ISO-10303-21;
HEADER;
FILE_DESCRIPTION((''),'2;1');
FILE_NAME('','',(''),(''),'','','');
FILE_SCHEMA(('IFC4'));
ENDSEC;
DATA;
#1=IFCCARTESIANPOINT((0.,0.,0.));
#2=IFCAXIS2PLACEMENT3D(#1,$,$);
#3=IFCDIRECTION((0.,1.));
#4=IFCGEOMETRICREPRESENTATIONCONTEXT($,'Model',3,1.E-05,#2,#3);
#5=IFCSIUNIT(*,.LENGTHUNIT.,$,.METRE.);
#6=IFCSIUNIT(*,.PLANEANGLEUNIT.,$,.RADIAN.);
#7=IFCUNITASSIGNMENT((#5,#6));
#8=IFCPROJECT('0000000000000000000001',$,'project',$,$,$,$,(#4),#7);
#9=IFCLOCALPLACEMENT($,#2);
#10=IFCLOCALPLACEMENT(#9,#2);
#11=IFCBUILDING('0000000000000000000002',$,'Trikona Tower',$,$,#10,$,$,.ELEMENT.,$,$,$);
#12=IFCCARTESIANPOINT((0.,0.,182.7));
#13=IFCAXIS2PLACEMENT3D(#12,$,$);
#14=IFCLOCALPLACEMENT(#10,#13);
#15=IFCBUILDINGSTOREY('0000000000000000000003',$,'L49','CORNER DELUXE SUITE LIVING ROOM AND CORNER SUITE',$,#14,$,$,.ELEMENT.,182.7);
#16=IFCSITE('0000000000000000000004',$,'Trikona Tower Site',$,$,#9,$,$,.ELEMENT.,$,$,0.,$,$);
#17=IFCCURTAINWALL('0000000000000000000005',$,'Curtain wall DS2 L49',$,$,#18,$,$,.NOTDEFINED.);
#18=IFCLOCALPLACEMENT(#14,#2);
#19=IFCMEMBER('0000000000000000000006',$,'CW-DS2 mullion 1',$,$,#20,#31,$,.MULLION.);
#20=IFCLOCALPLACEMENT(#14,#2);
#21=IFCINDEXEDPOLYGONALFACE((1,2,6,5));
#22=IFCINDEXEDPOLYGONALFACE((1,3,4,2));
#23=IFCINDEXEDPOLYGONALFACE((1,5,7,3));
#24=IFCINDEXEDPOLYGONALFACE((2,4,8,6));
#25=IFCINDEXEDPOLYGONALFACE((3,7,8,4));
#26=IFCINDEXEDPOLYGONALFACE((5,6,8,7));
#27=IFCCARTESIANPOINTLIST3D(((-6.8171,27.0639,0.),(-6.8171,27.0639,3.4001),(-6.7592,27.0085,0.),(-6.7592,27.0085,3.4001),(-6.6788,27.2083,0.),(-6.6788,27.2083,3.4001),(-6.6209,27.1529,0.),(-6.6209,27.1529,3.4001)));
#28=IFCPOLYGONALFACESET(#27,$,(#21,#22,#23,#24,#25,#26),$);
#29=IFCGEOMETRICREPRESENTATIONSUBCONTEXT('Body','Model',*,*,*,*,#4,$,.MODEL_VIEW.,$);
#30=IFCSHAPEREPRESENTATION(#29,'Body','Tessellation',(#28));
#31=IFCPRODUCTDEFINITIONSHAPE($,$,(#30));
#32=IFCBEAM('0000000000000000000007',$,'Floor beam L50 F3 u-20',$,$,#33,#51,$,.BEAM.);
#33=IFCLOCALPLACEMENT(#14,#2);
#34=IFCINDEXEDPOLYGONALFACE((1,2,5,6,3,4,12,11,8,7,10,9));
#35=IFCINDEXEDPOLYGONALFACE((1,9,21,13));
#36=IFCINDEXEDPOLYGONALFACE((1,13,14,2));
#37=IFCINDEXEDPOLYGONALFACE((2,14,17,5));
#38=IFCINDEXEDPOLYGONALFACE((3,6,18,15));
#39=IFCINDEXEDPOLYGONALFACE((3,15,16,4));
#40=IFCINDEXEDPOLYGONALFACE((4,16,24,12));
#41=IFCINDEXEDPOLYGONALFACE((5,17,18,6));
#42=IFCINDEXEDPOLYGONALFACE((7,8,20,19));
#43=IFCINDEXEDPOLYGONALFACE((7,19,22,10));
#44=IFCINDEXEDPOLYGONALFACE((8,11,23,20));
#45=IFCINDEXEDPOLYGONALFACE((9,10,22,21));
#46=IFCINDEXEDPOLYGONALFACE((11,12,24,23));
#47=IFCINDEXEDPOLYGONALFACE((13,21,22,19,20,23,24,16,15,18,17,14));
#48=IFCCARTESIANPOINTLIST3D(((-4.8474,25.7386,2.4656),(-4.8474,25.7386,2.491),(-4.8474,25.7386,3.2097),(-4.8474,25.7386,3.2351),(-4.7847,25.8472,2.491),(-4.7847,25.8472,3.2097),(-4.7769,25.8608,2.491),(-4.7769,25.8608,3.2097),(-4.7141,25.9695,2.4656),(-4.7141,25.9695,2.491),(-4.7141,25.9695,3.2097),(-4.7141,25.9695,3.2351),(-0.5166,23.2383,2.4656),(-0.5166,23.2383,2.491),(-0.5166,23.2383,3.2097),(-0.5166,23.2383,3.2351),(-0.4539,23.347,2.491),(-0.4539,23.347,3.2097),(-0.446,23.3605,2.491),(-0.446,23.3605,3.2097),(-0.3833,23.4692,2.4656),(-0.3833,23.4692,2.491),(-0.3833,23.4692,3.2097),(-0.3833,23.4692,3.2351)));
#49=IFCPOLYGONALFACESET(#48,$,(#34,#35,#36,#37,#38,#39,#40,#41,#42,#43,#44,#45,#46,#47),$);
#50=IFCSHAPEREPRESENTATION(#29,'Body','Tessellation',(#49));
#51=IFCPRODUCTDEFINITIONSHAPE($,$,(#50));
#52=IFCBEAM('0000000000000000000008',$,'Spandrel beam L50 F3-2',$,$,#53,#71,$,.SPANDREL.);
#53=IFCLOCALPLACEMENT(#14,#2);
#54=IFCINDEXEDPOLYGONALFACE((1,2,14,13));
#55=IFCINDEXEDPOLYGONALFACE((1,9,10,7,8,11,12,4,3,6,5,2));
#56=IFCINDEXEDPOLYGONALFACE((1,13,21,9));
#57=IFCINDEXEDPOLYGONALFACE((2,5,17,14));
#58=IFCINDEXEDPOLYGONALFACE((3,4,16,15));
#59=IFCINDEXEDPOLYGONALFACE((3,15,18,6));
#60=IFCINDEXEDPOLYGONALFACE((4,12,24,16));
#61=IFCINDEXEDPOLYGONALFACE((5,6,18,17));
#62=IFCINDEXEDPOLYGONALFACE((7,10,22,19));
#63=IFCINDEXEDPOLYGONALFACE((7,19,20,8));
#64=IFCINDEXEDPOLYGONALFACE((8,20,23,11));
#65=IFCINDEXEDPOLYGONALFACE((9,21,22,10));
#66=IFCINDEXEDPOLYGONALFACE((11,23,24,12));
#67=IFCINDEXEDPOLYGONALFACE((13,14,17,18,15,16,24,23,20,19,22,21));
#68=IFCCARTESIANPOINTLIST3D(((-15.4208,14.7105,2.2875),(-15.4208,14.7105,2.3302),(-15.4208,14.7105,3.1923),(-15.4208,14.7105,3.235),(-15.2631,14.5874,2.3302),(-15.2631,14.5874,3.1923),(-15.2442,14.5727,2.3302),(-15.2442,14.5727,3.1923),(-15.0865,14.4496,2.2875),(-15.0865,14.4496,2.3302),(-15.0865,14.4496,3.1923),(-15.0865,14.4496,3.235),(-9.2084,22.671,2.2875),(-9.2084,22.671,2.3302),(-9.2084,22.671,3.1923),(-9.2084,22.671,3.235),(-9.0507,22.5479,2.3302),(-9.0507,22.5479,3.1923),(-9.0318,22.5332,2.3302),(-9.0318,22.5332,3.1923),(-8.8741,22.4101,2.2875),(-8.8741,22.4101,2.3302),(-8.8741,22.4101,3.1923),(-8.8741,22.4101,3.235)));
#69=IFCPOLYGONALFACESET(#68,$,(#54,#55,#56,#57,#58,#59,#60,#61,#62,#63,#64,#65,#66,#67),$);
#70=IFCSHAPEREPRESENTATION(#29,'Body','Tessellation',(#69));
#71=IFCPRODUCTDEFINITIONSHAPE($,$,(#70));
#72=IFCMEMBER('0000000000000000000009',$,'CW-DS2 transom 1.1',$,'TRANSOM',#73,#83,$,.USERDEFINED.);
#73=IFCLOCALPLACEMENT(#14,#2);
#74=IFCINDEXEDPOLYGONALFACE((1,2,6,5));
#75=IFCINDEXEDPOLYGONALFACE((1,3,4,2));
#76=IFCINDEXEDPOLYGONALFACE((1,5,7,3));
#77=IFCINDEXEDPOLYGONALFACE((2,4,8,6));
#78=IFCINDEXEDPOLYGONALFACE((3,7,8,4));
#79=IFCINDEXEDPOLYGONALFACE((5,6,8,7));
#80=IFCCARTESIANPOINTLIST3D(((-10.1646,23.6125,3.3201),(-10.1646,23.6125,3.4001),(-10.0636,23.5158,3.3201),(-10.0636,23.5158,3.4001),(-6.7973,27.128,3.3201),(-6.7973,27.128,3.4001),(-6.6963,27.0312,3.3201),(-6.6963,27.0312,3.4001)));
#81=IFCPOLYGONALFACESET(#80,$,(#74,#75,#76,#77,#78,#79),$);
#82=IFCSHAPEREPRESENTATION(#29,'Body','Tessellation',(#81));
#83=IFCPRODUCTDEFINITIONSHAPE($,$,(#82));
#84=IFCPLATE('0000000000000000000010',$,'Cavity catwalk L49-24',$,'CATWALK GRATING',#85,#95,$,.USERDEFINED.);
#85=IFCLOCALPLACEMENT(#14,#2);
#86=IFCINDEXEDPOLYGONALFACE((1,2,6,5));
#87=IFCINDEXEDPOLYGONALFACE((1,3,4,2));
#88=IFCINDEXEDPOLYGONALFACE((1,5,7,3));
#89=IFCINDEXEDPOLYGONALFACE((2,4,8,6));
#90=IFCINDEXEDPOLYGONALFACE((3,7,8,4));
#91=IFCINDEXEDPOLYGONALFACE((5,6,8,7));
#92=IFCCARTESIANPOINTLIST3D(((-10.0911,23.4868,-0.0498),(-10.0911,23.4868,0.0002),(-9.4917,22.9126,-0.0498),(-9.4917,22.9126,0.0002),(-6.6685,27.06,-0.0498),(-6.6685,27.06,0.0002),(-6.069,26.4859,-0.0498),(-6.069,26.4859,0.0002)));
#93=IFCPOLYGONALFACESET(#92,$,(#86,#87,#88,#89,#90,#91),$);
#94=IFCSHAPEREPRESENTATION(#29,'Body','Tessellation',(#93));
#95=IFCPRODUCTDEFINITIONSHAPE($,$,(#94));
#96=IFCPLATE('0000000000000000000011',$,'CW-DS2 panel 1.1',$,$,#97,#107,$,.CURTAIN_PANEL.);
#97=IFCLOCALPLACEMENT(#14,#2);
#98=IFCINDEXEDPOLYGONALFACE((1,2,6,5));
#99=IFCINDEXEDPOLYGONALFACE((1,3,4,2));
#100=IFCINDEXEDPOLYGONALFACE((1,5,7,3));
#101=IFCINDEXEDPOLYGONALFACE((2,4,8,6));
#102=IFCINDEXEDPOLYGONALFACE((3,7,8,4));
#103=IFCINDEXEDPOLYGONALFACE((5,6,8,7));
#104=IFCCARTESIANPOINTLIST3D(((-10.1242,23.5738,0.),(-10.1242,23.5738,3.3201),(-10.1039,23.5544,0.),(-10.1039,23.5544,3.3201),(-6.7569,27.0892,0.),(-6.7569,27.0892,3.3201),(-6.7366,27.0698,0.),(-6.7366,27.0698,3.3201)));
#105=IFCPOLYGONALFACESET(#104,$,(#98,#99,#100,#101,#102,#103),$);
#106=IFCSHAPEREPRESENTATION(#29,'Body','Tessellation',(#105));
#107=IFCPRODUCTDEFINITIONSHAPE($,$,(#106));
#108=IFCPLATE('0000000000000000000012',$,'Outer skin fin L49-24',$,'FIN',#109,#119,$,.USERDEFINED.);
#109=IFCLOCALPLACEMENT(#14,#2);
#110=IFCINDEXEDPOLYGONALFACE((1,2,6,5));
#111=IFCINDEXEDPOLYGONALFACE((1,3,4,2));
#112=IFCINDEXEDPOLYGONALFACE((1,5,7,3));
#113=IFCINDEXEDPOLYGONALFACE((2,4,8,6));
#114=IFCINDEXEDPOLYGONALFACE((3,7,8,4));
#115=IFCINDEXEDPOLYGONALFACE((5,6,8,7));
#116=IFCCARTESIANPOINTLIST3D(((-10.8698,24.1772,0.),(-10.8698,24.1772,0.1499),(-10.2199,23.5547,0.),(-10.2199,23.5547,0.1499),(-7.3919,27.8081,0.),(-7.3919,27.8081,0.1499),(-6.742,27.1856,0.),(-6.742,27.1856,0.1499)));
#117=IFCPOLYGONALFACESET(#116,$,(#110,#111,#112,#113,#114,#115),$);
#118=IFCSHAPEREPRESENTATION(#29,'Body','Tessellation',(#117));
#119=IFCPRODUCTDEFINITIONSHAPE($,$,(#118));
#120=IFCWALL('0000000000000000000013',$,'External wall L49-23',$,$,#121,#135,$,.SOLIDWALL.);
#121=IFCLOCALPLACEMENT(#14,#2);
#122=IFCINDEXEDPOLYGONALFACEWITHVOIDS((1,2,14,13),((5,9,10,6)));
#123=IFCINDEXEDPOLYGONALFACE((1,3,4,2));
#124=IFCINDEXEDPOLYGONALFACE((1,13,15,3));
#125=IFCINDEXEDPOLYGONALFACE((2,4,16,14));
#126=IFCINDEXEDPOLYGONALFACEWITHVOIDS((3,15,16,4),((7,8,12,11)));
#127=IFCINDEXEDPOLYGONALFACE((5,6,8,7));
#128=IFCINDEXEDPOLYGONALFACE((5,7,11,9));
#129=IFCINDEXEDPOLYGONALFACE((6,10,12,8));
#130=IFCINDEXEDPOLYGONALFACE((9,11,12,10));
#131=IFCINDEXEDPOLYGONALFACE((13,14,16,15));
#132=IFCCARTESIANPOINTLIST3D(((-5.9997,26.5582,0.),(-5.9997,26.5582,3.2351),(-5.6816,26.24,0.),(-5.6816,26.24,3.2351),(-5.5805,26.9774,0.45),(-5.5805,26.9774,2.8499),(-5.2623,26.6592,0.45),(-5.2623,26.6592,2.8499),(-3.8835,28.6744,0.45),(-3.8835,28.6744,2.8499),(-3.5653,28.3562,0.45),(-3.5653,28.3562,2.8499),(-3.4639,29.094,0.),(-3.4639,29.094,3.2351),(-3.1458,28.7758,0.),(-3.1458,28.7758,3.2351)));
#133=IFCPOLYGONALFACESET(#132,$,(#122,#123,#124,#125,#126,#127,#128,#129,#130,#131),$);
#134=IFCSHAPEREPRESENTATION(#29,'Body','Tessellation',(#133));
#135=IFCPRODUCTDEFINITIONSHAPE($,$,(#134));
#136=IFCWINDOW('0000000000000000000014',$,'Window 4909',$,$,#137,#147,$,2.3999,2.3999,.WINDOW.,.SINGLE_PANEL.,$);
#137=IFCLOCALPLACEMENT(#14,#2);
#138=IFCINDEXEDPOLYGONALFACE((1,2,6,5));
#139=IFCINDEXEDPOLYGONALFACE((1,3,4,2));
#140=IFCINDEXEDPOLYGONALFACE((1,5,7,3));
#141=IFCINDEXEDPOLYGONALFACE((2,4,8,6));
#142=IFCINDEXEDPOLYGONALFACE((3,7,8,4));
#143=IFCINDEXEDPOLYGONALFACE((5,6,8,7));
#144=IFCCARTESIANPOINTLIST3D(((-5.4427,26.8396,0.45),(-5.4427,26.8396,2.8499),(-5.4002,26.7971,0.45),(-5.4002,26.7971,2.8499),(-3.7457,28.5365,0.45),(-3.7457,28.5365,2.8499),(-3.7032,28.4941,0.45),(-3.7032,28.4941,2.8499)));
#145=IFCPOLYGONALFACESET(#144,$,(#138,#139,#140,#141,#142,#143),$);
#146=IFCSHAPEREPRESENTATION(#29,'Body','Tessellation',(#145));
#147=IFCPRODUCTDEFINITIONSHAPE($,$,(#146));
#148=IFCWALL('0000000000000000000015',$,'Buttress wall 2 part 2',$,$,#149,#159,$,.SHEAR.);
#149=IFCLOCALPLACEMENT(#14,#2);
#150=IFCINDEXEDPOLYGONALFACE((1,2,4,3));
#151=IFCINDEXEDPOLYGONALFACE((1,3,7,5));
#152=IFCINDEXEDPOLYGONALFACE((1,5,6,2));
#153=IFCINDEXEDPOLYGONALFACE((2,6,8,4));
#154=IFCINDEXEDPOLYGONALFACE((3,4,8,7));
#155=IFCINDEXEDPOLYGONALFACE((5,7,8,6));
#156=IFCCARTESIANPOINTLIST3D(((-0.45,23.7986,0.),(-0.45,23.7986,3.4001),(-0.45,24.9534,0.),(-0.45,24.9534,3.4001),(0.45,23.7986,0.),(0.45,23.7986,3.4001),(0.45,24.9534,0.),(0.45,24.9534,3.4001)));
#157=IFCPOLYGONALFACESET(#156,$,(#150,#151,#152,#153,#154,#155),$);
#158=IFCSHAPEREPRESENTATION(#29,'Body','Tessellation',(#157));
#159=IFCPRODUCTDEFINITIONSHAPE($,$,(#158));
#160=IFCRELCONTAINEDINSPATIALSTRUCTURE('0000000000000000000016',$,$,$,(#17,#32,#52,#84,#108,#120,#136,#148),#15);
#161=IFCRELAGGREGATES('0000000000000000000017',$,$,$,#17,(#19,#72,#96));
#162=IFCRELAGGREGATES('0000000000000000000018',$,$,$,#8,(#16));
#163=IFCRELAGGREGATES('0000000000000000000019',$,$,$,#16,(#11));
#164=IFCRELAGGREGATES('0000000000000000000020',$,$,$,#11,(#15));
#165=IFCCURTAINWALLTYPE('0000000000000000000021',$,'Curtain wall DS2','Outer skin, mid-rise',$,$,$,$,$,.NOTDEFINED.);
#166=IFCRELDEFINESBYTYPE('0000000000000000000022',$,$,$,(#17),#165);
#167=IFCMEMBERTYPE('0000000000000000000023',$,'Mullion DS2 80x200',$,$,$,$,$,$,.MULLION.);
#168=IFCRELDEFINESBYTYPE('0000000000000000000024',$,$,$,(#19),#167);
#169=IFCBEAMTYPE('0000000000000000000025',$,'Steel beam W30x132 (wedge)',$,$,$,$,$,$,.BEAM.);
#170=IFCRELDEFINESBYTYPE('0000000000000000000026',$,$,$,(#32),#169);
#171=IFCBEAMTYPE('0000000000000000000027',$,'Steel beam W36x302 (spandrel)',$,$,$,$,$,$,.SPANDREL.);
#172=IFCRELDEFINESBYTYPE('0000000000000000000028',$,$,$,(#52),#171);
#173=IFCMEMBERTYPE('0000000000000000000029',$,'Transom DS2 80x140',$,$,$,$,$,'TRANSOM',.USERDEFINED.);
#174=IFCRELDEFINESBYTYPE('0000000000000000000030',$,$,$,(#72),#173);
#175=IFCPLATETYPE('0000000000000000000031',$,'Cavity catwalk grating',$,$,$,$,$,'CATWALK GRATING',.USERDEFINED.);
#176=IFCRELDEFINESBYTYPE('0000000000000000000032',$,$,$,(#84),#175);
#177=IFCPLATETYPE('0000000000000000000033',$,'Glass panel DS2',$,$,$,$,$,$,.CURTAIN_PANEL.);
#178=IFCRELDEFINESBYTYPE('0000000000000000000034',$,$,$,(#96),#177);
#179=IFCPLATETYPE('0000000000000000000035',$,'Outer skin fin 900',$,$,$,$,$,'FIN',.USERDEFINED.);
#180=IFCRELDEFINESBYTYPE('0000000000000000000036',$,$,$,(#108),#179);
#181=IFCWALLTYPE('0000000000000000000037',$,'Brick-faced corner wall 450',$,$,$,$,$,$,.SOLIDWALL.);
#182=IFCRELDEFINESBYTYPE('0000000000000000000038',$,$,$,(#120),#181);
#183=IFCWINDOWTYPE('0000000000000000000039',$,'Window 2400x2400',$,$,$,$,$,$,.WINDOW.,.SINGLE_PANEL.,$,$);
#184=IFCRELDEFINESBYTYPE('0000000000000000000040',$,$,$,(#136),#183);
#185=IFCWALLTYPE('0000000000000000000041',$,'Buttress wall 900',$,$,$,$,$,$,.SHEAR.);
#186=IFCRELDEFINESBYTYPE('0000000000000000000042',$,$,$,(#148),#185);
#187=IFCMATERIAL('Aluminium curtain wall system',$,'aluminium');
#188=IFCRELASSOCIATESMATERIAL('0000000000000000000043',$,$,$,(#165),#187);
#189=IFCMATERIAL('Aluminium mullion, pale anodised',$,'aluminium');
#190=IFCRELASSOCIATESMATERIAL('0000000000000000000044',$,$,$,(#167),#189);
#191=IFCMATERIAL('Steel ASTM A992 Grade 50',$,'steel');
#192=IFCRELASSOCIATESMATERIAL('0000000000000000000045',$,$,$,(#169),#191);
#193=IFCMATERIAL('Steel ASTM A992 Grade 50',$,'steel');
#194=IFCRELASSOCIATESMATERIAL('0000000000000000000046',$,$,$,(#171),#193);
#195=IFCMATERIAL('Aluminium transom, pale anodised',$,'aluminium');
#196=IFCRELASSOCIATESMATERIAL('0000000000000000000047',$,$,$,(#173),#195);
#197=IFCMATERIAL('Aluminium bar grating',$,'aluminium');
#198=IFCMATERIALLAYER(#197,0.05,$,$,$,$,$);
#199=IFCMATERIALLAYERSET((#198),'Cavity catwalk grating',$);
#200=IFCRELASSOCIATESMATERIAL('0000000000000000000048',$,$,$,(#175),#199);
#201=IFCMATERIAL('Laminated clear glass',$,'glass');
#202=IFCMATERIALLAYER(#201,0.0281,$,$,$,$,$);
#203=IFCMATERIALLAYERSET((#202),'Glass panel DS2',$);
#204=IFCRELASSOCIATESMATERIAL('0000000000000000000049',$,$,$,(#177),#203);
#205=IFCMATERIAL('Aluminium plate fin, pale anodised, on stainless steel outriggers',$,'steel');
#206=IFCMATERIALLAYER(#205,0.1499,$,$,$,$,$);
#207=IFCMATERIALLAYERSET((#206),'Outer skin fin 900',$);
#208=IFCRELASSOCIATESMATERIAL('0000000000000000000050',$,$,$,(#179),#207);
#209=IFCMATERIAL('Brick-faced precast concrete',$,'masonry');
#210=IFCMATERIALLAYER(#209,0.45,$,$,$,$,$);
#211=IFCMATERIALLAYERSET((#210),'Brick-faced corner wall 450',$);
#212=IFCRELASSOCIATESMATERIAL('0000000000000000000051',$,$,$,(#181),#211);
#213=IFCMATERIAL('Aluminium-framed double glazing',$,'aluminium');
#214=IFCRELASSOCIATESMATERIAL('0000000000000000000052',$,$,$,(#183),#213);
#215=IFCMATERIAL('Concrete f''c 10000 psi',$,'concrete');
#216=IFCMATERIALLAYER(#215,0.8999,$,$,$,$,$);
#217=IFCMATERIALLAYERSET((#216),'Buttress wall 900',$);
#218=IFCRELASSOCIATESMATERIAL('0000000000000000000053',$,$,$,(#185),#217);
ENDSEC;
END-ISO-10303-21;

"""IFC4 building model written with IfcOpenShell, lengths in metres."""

from ifc_helpers import new_model, si_unit, direction, frame, frame_2d, origin, origin_2d, place, context, subcontext, project, spatial, rectangle, i_section, extrude, material, layer, layer_set, material_profile, profile_set, type_object, element, fill, aggregate, save


model = new_model("IFC4")

# Units and contexts
model_context = context("Model", 3, precision=1e-05, world=origin(), true_north=direction((0.0, 1.0)))
body_context = subcontext(model_context, "Body", "Model", "MODEL_VIEW")
ifc_project = project(units=[si_unit("LENGTHUNIT", "METRE"), si_unit("PLANEANGLEUNIT", "RADIAN")], contexts=[model_context])

# Site, building, storey
site_placement = place(None, origin())
site = spatial("IfcSite", under=ifc_project, at=site_placement, Name="Trikona Tower Site", CompositionType="ELEMENT", RefElevation=0.0)
building_placement = place(site_placement, origin())
building = spatial("IfcBuilding", under=site, at=building_placement, Name="Trikona Tower", CompositionType="ELEMENT")
storey_placement = place(building_placement, frame((0.0, 0.0, 182.7)))
storey = spatial("IfcBuildingStorey", under=building, at=storey_placement, Name="L49", Description="CORNER DELUXE SUITE LIVING ROOM AND CORNER SUITE", CompositionType="ELEMENT", Elevation=182.7)

# Curtain wall, member
ifc_material_1 = material(Name="Aluminium curtain wall system", Category="aluminium")
curtain_wall_type = type_object("IfcCurtainWallType", Name="Curtain wall DS2", Description="Outer skin, mid-rise", PredefinedType="NOTDEFINED", material=ifc_material_1)
curtain_wall_placement = place(storey_placement, origin())
curtain_wall = element("IfcCurtainWall", 1, at=curtain_wall_placement, inside=storey, type_object=curtain_wall_type, Name="Curtain wall DS2 L49", PredefinedType="NOTDEFINED")
ifc_material_2 = material(Name="Aluminium mullion, pale anodised", Category="aluminium")
ifc_material_profile_1 = material_profile(ifc_material_2, rectangle(XDim=0.0801, YDim=0.2, at=origin_2d()), Name="MUL-DS2")
ifc_profile_set_1 = profile_set([ifc_material_profile_1], Name="Aluminium mullion, pale anodised")
member_type_1 = type_object("IfcMemberType", Name="Mullion DS2 80x200", PredefinedType="MULLION", material=ifc_profile_set_1)
member_1_placement = place(storey_placement, frame((-6.719, 27.1084, 0.0), z_axis=(0.0, 0.0, 1.0), x_axis=(0.722158, -0.691728, 0.0)))
member_1 = element("IfcMember", 2, at=member_1_placement, type_object=member_type_1, Name="CW-DS2 mullion 1", PredefinedType="MULLION", context=body_context, shape_type="SweptSolid", body=[
    extrude(rectangle(XDim=0.0801, YDim=0.2, at=origin_2d()), origin(), (0.0, 0.0, 1.0), 3.4001),
])

# Beams
ifc_material_3 = material(Name="Steel ASTM A992 Grade 50", Category="steel")
ifc_material_profile_2 = material_profile(ifc_material_3, i_section(OverallWidth=0.2666, OverallDepth=0.7695, WebThickness=0.0156, FlangeThickness=0.0254, at=origin_2d()), Name="W30X132")
ifc_profile_set_2 = profile_set([ifc_material_profile_2], Name="Steel ASTM A992 Grade 50")
beam_type_1 = type_object("IfcBeamType", Name="Steel beam W30x132 (wedge)", PredefinedType="BEAM", material=ifc_profile_set_2)
beam_1_placement = place(storey_placement, frame((-0.45, 23.3538, 2.8503), z_axis=(-0.866038, 0.499977, 0.0), x_axis=(-0.499977, -0.866038, 0.0)))
element("IfcBeam", 3, at=beam_1_placement, inside=storey, type_object=beam_type_1, Name="Floor beam L50 F3 u-20", PredefinedType="BEAM", context=body_context, shape_type="SweptSolid", body=[
    extrude(i_section(OverallWidth=0.2666, OverallDepth=0.7695, WebThickness=0.0156, FlangeThickness=0.0254, at=origin_2d()), origin(), (0.0, 0.0, 1.0), 5.0007),
])
ifc_material_4 = material(Name="Steel ASTM A992 Grade 50", Category="steel")
ifc_material_profile_3 = material_profile(ifc_material_4, i_section(OverallWidth=0.4241, OverallDepth=0.9475, WebThickness=0.0239, FlangeThickness=0.0427, at=origin_2d()), Name="W36X302")
ifc_profile_set_3 = profile_set([ifc_material_profile_3], Name="Steel ASTM A992 Grade 50")
beam_type_2 = type_object("IfcBeamType", Name="Steel beam W36x302 (spandrel)", PredefinedType="SPANDREL", material=ifc_profile_set_3)
beam_2_placement = place(storey_placement, frame((-9.0413, 22.5405, 2.7612), z_axis=(-0.615232, -0.788346, 0.0), x_axis=(0.788346, -0.615232, 0.0)))
element("IfcBeam", 4, at=beam_2_placement, inside=storey, type_object=beam_type_2, Name="Spandrel beam L50 F3-2", PredefinedType="SPANDREL", context=body_context, shape_type="SweptSolid", body=[
    extrude(i_section(OverallWidth=0.4241, OverallDepth=0.9475, WebThickness=0.0239, FlangeThickness=0.0427, at=origin_2d()), origin(), (0.0, 0.0, 1.0), 10.0977),
])

# Member
ifc_material_5 = material(Name="Aluminium transom, pale anodised", Category="aluminium")
ifc_material_profile_4 = material_profile(ifc_material_5, rectangle(XDim=0.1399, YDim=0.0801, at=origin_2d()), Name="TRN-DS2")
ifc_profile_set_4 = profile_set([ifc_material_profile_4], Name="Aluminium transom, pale anodised")
member_type_2 = type_object("IfcMemberType", Name="Transom DS2 80x140", ElementType="TRANSOM", PredefinedType="USERDEFINED", material=ifc_profile_set_4)
member_2_placement = place(storey_placement, frame((-6.7468, 27.0796, 3.3601), z_axis=(-0.691721, -0.722165, 0.0), x_axis=(0.722165, -0.691721, 0.0)))
member_2 = element("IfcMember", 5, at=member_2_placement, type_object=member_type_2, Name="CW-DS2 transom 1.1", ObjectType="TRANSOM", PredefinedType="USERDEFINED", context=body_context, shape_type="SweptSolid", body=[
    extrude(rectangle(XDim=0.1399, YDim=0.0801, at=origin_2d()), origin(), (0.0, 0.0, 1.0), 4.8679),
])

# Plates
ifc_material_6 = material(Name="Aluminium bar grating", Category="aluminium")
ifc_layer_1 = layer(ifc_material_6, 0.05)
ifc_layer_set_1 = layer_set([ifc_layer_1], Name="Cavity catwalk grating")
plate_type_1 = type_object("IfcPlateType", Name="Cavity catwalk grating", ElementType="CATWALK GRATING", PredefinedType="USERDEFINED", material=ifc_layer_set_1)
plate_1_placement = place(storey_placement, frame((-8.0801, 24.9863, -0.0498), z_axis=(0.0, 0.0, 1.0), x_axis=(-0.691724, -0.722162, 0.0)))
element("IfcPlate", 6, at=plate_1_placement, inside=storey, type_object=plate_type_1, Name="Cavity catwalk L49-24", ObjectType="CATWALK GRATING", PredefinedType="USERDEFINED", context=body_context, shape_type="SweptSolid", body=[
    extrude(rectangle(XDim=4.948, YDim=0.8301, at=origin_2d()), origin(), (0.0, 0.0, 1.0), 0.05),
])
ifc_material_7 = material(Name="Laminated clear glass", Category="glass")
ifc_layer_2 = layer(ifc_material_7, 0.0281)
ifc_layer_set_2 = layer_set([ifc_layer_2], Name="Glass panel DS2")
plate_type_2 = type_object("IfcPlateType", Name="Glass panel DS2", PredefinedType="CURTAIN_PANEL", material=ifc_layer_set_2)
plate_2_placement = place(storey_placement, frame((-8.4304, 25.3218, 0.0), z_axis=(0.0, 0.0, 1.0), x_axis=(-0.691728, -0.722158, 0.0)))
plate_2 = element("IfcPlate", 7, at=plate_2_placement, type_object=plate_type_2, Name="CW-DS2 panel 1.1", PredefinedType="CURTAIN_PANEL", context=body_context, shape_type="SweptSolid", body=[
    extrude(rectangle(XDim=4.8679, YDim=0.0281, at=origin_2d()), origin(), (0.0, 0.0, 1.0), 3.3201),
])
aggregate(curtain_wall, [member_1, member_2, plate_2])
ifc_material_8 = material(Name="Aluminium plate fin, pale anodised, on stainless steel outriggers", Category="steel")
ifc_layer_3 = layer(ifc_material_8, 0.1499)
ifc_layer_set_3 = layer_set([ifc_layer_3], Name="Outer skin fin 900")
plate_type_3 = type_object("IfcPlateType", Name="Outer skin fin 900", ElementType="FIN", PredefinedType="USERDEFINED", material=ifc_layer_set_3)
plate_3_placement = place(storey_placement, frame((-8.8059, 25.6814, 0.0), z_axis=(0.0, 0.0, 1.0), x_axis=(-0.691724, -0.722162, 0.0)))
element("IfcPlate", 8, at=plate_3_placement, inside=storey, type_object=plate_type_3, Name="Outer skin fin L49-24", ObjectType="FIN", PredefinedType="USERDEFINED", context=body_context, shape_type="SweptSolid", body=[
    extrude(rectangle(XDim=5.0278, YDim=0.8999, at=origin_2d()), origin(), (0.0, 0.0, 1.0), 0.1499),
])

# Wall, opening, window
ifc_material_9 = material(Name="Brick-faced precast concrete", Category="masonry")
ifc_layer_4 = layer(ifc_material_9, 0.45)
ifc_layer_set_4 = layer_set([ifc_layer_4], Name="Brick-faced corner wall 450")
wall_type_1 = type_object("IfcWallType", Name="Brick-faced corner wall 450", PredefinedType="SOLIDWALL", material=ifc_layer_set_4)
wall_1_placement = place(storey_placement, frame((-3.3049, 28.9348, 0.0), z_axis=(0.0, 0.0, 1.0), x_axis=(-0.707107, -0.707107, 0.0)))
wall_1 = element("IfcWall", 9, at=wall_1_placement, inside=storey, type_object=wall_type_1, Name="External wall L49-23", PredefinedType="SOLIDWALL", context=body_context, shape_type="SweptSolid", body=[
    extrude(rectangle(XDim=3.5862, YDim=0.45, at=frame_2d((1.793, 0.0))), origin(), (0.0, 0.0, 1.0), 3.2351),
])
opening_1_placement = place(wall_1_placement, frame((0.5933, 0.0, 0.45)))
opening_1 = element("IfcOpeningElement", 10, at=opening_1_placement, cuts=wall_1, PredefinedType="OPENING", context=body_context, shape_type="SweptSolid", body=[
    extrude(rectangle(XDim=2.3999, YDim=2.3999, at=frame_2d((1.2, 1.2))), frame((0.0, 0.2349, 0.0), z_axis=(0.0, -1.0, 0.0), x_axis=(1.0, 0.0, 0.0)), (0.0, 0.0, 1.0), 0.47),
])
ifc_material_10 = material(Name="Aluminium-framed double glazing", Category="aluminium")
window_type_1 = type_object("IfcWindowType", Name="Window 2400x2400", PartitioningType="SINGLE_PANEL", PredefinedType="WINDOW", material=ifc_material_10)
window_1_placement = place(opening_1_placement, origin())
window_1 = element("IfcWindow", 11, at=window_1_placement, inside=storey, type_object=window_type_1, Name="Window 4909", OverallHeight=2.3999, OverallWidth=2.3999, PartitioningType="SINGLE_PANEL", PredefinedType="WINDOW", context=body_context, shape_type="SweptSolid", body=[
    extrude(rectangle(XDim=2.3999, YDim=2.3999, at=frame_2d((1.2, 1.2))), frame((0.0, 0.03, 0.0), z_axis=(0.0, -1.0, 0.0), x_axis=(1.0, 0.0, 0.0)), (0.0, 0.0, 1.0), 0.0601),
])
fill(opening_1, window_1)

# Wall
ifc_material_11 = material(Name="Concrete f'c 10000 psi", Category="concrete")
ifc_layer_5 = layer(ifc_material_11, 0.8999)
ifc_layer_set_5 = layer_set([ifc_layer_5], Name="Buttress wall 900")
wall_type_2 = type_object("IfcWallType", Name="Buttress wall 900", PredefinedType="SHEAR", material=ifc_layer_set_5)
wall_2_placement = place(storey_placement, frame((0.0, 23.7986, 0.0), z_axis=(0.0, 0.0, 1.0), x_axis=(0.0, 1.0, 0.0)))
element("IfcWall", 12, at=wall_2_placement, inside=storey, type_object=wall_type_2, Name="Buttress wall 2 part 2", PredefinedType="SHEAR", context=body_context, shape_type="SweptSolid", body=[
    extrude(rectangle(XDim=1.1548, YDim=0.8999, at=frame_2d((0.5774, 0.0))), origin(), (0.0, 0.0, 1.0), 3.4001),
])

save(model, "model.ifc")
